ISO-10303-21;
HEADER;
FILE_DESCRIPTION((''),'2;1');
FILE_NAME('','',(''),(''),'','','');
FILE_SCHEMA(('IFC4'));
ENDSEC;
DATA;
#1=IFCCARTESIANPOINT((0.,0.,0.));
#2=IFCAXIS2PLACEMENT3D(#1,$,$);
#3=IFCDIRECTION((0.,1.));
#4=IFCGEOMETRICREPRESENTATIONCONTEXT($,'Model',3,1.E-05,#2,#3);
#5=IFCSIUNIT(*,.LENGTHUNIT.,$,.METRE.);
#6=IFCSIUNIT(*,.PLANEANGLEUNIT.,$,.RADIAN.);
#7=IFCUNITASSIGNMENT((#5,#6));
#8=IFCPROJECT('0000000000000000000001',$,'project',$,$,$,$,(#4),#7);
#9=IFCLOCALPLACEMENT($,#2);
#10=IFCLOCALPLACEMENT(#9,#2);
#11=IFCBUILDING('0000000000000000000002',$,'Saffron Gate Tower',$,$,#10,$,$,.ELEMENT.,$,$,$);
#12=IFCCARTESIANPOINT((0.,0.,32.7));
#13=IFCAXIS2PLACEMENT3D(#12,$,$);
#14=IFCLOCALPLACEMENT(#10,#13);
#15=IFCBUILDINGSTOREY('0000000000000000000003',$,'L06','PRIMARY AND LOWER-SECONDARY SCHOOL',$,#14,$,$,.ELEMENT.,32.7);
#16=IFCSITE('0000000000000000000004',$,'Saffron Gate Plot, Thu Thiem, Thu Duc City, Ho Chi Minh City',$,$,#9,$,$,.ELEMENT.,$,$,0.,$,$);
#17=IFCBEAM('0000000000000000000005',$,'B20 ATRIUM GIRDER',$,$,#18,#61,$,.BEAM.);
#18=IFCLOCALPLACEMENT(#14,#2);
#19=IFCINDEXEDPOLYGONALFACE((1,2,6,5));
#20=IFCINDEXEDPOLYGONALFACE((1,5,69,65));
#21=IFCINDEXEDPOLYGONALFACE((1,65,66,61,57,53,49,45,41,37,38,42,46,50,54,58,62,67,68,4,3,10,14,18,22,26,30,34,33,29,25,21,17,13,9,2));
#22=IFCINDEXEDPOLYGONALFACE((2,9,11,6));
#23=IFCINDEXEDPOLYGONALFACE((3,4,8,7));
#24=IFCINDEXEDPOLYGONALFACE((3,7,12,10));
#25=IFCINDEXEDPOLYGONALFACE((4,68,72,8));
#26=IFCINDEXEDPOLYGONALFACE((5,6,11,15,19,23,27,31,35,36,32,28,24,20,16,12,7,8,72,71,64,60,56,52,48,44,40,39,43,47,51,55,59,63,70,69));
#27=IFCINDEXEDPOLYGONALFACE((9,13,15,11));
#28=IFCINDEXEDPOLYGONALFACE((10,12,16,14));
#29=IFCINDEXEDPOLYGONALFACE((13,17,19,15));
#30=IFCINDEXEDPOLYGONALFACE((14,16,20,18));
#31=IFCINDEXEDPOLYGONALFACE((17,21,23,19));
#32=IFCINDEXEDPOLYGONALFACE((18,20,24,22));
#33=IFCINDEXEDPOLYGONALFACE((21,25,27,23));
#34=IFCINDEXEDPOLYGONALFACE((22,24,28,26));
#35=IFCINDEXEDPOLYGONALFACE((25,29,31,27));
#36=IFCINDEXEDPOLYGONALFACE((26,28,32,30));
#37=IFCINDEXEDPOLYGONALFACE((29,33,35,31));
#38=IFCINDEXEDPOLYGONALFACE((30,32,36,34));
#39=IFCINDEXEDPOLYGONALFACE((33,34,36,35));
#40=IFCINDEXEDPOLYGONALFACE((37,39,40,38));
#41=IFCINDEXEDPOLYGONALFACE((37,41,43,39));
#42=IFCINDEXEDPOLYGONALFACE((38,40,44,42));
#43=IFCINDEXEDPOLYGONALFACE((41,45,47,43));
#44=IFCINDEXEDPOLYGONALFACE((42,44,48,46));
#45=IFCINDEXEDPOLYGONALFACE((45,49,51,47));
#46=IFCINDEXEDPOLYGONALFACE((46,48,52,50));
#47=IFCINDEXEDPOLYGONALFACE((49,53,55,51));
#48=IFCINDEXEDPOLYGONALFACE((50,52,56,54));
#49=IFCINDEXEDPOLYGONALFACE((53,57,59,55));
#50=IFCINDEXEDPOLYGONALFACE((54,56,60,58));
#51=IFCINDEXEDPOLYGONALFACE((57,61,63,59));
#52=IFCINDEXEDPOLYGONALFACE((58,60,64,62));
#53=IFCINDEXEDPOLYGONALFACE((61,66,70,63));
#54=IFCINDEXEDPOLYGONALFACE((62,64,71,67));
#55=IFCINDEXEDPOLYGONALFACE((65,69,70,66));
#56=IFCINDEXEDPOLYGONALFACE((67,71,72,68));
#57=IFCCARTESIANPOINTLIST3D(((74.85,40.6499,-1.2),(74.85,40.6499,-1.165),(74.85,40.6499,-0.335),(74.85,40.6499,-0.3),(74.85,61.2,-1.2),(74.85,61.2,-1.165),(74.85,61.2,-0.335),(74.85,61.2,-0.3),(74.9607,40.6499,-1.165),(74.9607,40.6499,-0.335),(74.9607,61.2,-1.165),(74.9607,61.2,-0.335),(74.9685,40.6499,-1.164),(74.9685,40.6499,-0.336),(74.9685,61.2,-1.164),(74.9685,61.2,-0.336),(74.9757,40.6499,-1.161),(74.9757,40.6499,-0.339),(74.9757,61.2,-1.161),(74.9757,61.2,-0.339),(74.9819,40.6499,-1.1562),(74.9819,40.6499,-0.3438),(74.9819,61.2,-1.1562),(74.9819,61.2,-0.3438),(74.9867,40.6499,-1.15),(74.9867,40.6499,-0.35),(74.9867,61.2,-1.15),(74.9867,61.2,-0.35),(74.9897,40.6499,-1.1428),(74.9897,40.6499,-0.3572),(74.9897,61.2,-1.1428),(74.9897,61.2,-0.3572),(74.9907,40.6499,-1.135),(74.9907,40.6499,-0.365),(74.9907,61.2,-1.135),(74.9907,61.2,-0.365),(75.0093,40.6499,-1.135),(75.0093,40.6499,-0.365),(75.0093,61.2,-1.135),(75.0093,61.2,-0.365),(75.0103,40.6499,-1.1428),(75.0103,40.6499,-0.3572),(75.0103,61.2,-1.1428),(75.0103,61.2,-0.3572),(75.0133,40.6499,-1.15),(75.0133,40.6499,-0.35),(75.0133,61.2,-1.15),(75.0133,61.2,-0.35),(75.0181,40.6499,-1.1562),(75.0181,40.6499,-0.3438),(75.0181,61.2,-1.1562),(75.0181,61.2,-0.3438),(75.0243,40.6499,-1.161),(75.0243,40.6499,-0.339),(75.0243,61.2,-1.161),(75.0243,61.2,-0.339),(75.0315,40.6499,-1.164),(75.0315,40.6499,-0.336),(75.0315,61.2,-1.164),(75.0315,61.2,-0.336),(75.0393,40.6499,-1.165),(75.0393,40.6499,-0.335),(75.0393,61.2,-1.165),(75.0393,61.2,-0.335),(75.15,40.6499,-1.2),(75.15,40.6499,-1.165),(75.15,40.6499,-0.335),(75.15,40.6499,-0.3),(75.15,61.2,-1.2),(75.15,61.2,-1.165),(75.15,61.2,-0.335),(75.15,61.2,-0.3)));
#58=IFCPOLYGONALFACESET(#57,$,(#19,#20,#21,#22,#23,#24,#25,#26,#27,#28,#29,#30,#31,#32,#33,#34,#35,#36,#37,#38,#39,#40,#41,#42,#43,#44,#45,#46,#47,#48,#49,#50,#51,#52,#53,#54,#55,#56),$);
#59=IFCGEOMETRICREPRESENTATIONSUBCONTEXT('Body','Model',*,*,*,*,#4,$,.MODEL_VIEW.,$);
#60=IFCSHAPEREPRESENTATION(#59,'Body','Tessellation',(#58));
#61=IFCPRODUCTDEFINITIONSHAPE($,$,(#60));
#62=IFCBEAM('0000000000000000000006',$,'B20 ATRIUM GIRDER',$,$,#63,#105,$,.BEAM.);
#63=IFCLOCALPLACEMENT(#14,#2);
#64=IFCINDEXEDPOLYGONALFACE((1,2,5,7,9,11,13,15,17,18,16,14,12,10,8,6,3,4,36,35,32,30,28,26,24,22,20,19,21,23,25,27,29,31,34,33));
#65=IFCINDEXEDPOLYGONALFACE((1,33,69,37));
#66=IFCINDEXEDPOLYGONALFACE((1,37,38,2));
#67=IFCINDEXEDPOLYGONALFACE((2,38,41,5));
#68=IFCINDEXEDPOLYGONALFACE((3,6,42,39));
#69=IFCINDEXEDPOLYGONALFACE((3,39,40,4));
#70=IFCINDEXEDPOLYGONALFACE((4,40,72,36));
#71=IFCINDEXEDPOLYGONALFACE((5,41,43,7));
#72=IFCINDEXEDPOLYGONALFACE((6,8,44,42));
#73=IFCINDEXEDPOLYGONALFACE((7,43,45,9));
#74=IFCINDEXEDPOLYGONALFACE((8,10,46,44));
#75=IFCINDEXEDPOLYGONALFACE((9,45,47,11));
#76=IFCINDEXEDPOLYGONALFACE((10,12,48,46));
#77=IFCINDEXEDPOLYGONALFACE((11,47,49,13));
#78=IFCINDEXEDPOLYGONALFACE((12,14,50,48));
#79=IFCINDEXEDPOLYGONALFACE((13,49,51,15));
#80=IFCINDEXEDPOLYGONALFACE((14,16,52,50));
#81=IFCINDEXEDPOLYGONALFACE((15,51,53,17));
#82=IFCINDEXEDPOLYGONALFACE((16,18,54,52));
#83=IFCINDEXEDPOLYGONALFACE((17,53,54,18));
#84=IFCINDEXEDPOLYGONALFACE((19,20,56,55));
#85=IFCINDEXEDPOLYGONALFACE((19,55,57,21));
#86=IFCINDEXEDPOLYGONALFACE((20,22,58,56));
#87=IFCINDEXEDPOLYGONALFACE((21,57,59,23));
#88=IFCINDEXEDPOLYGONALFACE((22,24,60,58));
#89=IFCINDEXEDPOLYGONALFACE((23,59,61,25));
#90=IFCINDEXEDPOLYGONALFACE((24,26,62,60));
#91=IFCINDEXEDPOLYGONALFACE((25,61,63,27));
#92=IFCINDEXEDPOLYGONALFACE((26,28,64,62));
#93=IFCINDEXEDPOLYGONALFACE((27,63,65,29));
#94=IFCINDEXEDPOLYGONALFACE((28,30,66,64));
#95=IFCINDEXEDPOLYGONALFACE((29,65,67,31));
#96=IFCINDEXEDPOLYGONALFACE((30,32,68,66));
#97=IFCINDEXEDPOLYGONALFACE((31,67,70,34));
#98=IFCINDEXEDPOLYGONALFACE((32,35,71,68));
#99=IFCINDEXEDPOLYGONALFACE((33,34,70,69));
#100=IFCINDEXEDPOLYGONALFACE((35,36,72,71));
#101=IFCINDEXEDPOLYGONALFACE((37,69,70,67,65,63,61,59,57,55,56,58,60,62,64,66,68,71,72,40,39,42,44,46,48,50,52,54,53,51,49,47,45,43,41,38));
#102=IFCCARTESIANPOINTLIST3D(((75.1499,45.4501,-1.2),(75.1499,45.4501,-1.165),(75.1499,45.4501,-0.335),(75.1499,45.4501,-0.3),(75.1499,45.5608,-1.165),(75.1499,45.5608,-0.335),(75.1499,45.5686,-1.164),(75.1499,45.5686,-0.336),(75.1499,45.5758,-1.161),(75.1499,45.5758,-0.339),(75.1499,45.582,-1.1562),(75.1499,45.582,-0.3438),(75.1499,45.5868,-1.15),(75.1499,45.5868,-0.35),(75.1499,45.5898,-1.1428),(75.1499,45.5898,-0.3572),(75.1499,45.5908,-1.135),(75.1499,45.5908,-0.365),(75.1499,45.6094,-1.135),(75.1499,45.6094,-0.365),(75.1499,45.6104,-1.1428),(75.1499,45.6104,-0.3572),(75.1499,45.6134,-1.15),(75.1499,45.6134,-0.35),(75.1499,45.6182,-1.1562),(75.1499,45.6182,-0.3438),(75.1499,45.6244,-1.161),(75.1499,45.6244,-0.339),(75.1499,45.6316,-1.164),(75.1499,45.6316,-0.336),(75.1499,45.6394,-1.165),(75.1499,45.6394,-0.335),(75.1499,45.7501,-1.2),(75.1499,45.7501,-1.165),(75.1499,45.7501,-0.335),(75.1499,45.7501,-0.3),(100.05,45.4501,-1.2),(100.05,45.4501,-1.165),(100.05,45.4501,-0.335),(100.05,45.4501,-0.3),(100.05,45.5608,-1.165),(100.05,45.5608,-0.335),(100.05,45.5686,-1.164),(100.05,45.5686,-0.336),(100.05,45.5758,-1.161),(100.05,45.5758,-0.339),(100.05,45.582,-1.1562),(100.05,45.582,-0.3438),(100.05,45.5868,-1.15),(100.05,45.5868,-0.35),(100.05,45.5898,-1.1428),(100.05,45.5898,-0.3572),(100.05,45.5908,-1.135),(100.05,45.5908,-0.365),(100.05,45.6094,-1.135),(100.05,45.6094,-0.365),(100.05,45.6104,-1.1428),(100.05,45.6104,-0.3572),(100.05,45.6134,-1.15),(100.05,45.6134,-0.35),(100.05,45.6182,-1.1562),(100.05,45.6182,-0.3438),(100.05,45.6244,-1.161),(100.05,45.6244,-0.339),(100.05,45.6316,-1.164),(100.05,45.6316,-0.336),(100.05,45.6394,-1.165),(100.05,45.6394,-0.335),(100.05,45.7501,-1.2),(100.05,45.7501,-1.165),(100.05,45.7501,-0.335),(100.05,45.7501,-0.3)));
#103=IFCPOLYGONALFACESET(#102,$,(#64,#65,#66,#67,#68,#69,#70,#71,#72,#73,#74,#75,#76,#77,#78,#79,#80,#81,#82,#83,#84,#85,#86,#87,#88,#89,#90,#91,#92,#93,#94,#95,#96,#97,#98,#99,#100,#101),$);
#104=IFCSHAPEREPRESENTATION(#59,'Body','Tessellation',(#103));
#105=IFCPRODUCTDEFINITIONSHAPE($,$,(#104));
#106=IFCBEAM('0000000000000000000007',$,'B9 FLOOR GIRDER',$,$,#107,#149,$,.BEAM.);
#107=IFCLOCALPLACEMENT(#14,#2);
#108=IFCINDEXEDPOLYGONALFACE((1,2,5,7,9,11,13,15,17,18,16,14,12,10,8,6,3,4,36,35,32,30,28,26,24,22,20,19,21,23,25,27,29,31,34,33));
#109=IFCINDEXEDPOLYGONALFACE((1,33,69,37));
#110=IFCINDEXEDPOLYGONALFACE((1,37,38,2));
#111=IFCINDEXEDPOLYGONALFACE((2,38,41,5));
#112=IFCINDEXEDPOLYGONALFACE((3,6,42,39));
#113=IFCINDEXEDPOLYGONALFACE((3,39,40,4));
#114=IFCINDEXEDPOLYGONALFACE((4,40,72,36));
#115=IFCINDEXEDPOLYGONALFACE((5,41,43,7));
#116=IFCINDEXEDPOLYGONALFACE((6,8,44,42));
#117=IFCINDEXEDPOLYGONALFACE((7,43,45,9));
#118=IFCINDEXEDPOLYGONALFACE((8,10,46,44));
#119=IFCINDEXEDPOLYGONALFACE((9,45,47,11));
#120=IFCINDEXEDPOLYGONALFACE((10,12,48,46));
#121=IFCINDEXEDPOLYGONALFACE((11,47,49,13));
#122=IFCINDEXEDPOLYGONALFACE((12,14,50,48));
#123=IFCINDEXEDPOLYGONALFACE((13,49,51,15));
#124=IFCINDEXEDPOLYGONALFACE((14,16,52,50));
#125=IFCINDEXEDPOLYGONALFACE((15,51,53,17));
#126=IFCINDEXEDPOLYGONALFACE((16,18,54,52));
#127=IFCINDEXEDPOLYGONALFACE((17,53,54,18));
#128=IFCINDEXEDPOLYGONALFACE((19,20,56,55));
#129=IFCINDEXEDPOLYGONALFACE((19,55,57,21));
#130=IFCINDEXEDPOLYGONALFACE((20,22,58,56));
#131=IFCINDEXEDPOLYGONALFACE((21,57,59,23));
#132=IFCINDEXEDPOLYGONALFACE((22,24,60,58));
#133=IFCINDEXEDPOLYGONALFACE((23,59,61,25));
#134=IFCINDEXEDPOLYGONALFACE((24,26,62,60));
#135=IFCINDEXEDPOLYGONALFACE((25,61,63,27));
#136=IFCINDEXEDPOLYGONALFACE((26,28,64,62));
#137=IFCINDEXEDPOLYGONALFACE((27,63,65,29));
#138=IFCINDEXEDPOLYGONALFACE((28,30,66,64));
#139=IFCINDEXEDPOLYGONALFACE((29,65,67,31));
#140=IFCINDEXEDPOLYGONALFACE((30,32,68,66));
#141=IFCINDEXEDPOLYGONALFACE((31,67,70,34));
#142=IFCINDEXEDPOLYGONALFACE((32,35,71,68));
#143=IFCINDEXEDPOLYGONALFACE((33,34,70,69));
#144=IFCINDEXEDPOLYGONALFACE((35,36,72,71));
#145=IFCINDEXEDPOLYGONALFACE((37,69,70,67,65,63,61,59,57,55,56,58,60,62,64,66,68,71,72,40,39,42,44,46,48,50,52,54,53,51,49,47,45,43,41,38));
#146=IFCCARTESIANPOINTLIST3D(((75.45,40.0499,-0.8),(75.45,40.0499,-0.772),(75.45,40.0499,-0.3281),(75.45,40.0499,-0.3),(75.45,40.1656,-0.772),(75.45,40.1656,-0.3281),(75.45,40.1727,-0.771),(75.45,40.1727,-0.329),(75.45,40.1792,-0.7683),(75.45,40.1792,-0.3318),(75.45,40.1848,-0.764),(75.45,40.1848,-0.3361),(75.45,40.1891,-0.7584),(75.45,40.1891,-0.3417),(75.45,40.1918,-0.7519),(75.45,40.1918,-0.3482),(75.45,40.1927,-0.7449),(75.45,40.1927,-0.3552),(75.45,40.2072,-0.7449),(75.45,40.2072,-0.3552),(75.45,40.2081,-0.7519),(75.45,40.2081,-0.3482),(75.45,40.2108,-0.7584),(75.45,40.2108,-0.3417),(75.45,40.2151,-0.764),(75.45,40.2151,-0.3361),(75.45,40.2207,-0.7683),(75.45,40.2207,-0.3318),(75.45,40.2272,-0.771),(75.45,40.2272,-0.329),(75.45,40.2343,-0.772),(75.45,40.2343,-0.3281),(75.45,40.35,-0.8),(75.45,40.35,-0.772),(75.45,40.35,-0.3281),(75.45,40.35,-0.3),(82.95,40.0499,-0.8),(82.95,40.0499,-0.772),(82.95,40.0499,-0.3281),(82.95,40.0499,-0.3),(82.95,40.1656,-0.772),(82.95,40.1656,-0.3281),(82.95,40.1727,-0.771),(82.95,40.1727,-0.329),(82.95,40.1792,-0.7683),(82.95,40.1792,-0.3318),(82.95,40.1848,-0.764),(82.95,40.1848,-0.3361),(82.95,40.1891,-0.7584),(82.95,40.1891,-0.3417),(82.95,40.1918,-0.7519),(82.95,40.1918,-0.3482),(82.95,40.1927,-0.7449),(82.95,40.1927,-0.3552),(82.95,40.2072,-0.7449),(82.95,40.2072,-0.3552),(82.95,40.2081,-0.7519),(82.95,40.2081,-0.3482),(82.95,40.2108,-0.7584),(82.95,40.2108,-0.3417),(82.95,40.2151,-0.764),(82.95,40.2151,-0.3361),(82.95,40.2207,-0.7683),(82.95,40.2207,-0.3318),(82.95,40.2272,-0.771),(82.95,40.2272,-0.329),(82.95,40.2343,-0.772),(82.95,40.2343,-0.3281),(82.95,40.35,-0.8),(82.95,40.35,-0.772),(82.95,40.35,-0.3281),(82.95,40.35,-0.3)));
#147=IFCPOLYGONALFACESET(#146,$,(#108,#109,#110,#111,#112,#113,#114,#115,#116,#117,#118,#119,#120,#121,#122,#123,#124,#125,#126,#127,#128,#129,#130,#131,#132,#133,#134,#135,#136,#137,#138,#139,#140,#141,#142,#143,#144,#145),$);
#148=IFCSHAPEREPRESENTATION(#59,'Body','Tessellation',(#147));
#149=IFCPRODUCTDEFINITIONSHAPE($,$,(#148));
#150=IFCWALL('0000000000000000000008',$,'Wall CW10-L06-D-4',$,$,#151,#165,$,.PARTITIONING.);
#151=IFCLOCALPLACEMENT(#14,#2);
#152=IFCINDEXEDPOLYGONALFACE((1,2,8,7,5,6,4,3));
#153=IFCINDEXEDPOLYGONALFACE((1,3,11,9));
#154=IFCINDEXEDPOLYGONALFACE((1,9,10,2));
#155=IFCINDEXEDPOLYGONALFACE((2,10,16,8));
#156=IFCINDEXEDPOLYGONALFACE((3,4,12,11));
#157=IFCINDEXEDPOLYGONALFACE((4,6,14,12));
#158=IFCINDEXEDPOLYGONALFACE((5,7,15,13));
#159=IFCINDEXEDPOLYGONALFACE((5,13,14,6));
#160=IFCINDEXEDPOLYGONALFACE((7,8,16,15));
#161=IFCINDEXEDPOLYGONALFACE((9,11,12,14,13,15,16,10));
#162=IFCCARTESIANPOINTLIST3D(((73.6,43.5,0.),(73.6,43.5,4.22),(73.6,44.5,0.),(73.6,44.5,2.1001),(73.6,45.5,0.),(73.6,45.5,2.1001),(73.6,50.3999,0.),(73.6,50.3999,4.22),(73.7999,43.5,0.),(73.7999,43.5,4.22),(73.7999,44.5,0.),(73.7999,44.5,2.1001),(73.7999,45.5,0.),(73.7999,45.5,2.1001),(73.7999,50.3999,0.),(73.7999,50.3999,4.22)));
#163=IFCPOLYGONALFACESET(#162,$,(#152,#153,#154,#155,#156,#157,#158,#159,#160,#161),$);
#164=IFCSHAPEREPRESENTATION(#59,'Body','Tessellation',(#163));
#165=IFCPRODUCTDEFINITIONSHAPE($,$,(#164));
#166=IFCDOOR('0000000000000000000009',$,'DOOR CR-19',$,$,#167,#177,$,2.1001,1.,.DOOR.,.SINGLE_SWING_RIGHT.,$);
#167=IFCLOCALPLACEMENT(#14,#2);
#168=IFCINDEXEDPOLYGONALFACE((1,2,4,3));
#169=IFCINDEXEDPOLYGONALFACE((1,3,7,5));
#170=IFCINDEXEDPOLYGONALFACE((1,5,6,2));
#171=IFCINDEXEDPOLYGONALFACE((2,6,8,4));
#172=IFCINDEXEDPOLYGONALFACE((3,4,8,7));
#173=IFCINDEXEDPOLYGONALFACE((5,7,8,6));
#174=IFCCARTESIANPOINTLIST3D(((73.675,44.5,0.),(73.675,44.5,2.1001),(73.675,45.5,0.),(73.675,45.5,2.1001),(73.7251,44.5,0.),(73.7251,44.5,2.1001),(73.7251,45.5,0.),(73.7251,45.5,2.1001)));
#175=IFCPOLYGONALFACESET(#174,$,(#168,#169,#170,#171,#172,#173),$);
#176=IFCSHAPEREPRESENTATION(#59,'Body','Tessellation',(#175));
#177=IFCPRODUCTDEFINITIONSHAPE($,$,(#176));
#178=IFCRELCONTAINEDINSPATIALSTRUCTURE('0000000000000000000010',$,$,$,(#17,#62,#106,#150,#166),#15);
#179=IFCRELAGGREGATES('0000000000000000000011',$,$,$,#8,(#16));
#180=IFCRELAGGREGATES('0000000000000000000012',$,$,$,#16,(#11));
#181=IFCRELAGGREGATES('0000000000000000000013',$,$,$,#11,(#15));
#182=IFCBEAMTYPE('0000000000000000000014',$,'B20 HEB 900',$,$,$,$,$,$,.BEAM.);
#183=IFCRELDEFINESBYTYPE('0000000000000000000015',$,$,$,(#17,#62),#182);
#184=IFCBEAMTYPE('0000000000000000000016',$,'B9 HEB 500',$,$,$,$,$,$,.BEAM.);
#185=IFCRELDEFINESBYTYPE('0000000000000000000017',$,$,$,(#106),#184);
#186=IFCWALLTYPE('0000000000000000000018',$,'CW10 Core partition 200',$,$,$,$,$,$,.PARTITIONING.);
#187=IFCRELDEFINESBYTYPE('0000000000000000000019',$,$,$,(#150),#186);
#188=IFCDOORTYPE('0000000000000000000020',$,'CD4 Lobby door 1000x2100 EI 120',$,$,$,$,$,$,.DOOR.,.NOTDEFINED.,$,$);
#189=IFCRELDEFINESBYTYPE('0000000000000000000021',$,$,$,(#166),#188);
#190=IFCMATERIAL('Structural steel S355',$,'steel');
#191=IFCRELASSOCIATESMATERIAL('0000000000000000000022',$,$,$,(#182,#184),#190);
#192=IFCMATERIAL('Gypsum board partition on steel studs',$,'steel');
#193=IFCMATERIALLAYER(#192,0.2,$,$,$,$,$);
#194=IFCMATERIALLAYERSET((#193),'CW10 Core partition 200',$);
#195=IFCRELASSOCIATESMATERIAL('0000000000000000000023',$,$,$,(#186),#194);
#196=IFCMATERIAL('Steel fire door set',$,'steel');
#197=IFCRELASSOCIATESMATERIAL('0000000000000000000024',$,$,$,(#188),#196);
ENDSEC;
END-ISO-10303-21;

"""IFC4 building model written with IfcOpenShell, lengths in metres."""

from ifc_helpers import new_model, si_unit, direction, frame, frame_2d, origin, origin_2d, place, context, subcontext, project, spatial, rectangle, i_section, extrude, material, layer, layer_set, material_profile, profile_set, type_object, element, fill, save


model = new_model("IFC4")

# Units and contexts
model_context = context("Model", 3, precision=1e-05, world=origin(), true_north=direction((0.0, 1.0)))
body_context = subcontext(model_context, "Body", "Model", "MODEL_VIEW")
ifc_project = project(units=[si_unit("LENGTHUNIT", "METRE"), si_unit("PLANEANGLEUNIT", "RADIAN")], contexts=[model_context])

# Site, building, storey
site_placement = place(None, origin())
site = spatial("IfcSite", under=ifc_project, at=site_placement, Name="Saffron Gate Plot, Thu Thiem, Thu Duc City, Ho Chi Minh City", CompositionType="ELEMENT", RefElevation=0.0)
building_placement = place(site_placement, origin())
building = spatial("IfcBuilding", under=site, at=building_placement, Name="Saffron Gate Tower", CompositionType="ELEMENT")
storey_placement = place(building_placement, frame((0.0, 0.0, 32.7)))
storey = spatial("IfcBuildingStorey", under=building, at=storey_placement, Name="L06", Description="PRIMARY AND LOWER-SECONDARY SCHOOL", CompositionType="ELEMENT", Elevation=32.7)

# Beams
ifc_material_1 = material(Name="Structural steel S355", Category="steel")
ifc_material_profile_1 = material_profile(ifc_material_1, i_section(OverallWidth=0.3, OverallDepth=0.8999, WebThickness=0.0186, FlangeThickness=0.0349, FilletRadius=0.03, at=origin_2d()))
ifc_profile_set_1 = profile_set([ifc_material_profile_1], Name="Structural steel S355")
beam_type_1 = type_object("IfcBeamType", Name="B20 HEB 900", PredefinedType="BEAM", material=ifc_profile_set_1)
beam_1_placement = place(storey_placement, frame((75.0, 40.6499, -0.75), z_axis=(0.0, 1.0, 0.0), x_axis=(-1.0, 0.0, 0.0)))
element("IfcBeam", 1, at=beam_1_placement, inside=storey, type_object=beam_type_1, Name="B20 ATRIUM GIRDER", PredefinedType="BEAM", context=body_context, shape_type="SweptSolid", body=[
    extrude(i_section(OverallWidth=0.3, OverallDepth=0.8999, WebThickness=0.0186, FlangeThickness=0.0349, FilletRadius=0.03, at=origin_2d()), origin(), (0.0, 0.0, 1.0), 20.55),
])
beam_2_placement = place(storey_placement, frame((75.1499, 45.6001, -0.75), z_axis=(1.0, 0.0, 0.0), x_axis=(0.0, 1.0, 0.0)))
element("IfcBeam", 2, at=beam_2_placement, inside=storey, type_object=beam_type_1, Name="B20 ATRIUM GIRDER", PredefinedType="BEAM", context=body_context, shape_type="SweptSolid", body=[
    extrude(i_section(OverallWidth=0.3, OverallDepth=0.8999, WebThickness=0.0186, FlangeThickness=0.0349, FilletRadius=0.03, at=origin_2d()), origin(), (0.0, 0.0, 1.0), 24.9001),
])
ifc_material_profile_2 = material_profile(ifc_material_1, i_section(OverallWidth=0.3, OverallDepth=0.5, WebThickness=0.0144, FlangeThickness=0.0281, FilletRadius=0.0271, at=origin_2d()))
ifc_profile_set_2 = profile_set([ifc_material_profile_2], Name="Structural steel S355")
beam_type_2 = type_object("IfcBeamType", Name="B9 HEB 500", PredefinedType="BEAM", material=ifc_profile_set_2)
beam_3_placement = place(storey_placement, frame((75.45, 40.2, -0.55), z_axis=(1.0, 0.0, 0.0), x_axis=(0.0, 1.0, 0.0)))
element("IfcBeam", 3, at=beam_3_placement, inside=storey, type_object=beam_type_2, Name="B9 FLOOR GIRDER", PredefinedType="BEAM", context=body_context, shape_type="SweptSolid", body=[
    extrude(i_section(OverallWidth=0.3, OverallDepth=0.5, WebThickness=0.0144, FlangeThickness=0.0281, FilletRadius=0.0271, at=origin_2d()), origin(), (0.0, 0.0, 1.0), 7.5),
])

# Wall, opening, door
ifc_material_2 = material(Name="Gypsum board partition on steel studs", Category="steel")
ifc_layer_1 = layer(ifc_material_2, 0.2)
ifc_layer_set_1 = layer_set([ifc_layer_1], Name="CW10 Core partition 200")
wall_type_1 = type_object("IfcWallType", Name="CW10 Core partition 200", PredefinedType="PARTITIONING", material=ifc_layer_set_1)
wall_1_placement = place(storey_placement, frame((73.7, 43.5, 0.0), z_axis=(0.0, 0.0, 1.0), x_axis=(0.0, 1.0, 0.0)))
wall_1 = element("IfcWall", 4, at=wall_1_placement, inside=storey, type_object=wall_type_1, Name="Wall CW10-L06-D-4", PredefinedType="PARTITIONING", context=body_context, shape_type="SweptSolid", body=[
    extrude(rectangle(XDim=6.8999, YDim=0.2, at=frame_2d((3.45, 0.0))), origin(), (0.0, 0.0, 1.0), 4.22),
])
opening_1_placement = place(wall_1_placement, frame((1.0, 0.0, 0.0)))
opening_1 = element("IfcOpeningElement", 5, at=opening_1_placement, cuts=wall_1, PredefinedType="OPENING", context=body_context, shape_type="SweptSolid", body=[
    extrude(rectangle(XDim=1.0, YDim=2.1001, at=frame_2d((0.5, 1.05))), frame((0.0, 0.1099, 0.0), z_axis=(0.0, -1.0, 0.0), x_axis=(1.0, 0.0, 0.0)), (0.0, 0.0, 1.0), 0.22),
])
ifc_material_3 = material(Name="Steel fire door set", Category="steel")
door_type_1 = type_object("IfcDoorType", Name="CD4 Lobby door 1000x2100 EI 120", OperationType="NOTDEFINED", PredefinedType="DOOR", material=ifc_material_3)
door_1_placement = place(opening_1_placement, origin())
door_1 = element("IfcDoor", 6, at=door_1_placement, inside=storey, type_object=door_type_1, Name="DOOR CR-19", OperationType="SINGLE_SWING_RIGHT", OverallHeight=2.1001, OverallWidth=1.0, PredefinedType="DOOR", context=body_context, shape_type="SweptSolid", body=[
    extrude(rectangle(XDim=1.0, YDim=2.1001, at=frame_2d((0.5, 1.05))), frame((0.0, 0.0249, 0.0), z_axis=(0.0, -1.0, 0.0), x_axis=(1.0, 0.0, 0.0)), (0.0, 0.0, 1.0), 0.05),
])
fill(opening_1, door_1)

save(model, "model.ifc")
